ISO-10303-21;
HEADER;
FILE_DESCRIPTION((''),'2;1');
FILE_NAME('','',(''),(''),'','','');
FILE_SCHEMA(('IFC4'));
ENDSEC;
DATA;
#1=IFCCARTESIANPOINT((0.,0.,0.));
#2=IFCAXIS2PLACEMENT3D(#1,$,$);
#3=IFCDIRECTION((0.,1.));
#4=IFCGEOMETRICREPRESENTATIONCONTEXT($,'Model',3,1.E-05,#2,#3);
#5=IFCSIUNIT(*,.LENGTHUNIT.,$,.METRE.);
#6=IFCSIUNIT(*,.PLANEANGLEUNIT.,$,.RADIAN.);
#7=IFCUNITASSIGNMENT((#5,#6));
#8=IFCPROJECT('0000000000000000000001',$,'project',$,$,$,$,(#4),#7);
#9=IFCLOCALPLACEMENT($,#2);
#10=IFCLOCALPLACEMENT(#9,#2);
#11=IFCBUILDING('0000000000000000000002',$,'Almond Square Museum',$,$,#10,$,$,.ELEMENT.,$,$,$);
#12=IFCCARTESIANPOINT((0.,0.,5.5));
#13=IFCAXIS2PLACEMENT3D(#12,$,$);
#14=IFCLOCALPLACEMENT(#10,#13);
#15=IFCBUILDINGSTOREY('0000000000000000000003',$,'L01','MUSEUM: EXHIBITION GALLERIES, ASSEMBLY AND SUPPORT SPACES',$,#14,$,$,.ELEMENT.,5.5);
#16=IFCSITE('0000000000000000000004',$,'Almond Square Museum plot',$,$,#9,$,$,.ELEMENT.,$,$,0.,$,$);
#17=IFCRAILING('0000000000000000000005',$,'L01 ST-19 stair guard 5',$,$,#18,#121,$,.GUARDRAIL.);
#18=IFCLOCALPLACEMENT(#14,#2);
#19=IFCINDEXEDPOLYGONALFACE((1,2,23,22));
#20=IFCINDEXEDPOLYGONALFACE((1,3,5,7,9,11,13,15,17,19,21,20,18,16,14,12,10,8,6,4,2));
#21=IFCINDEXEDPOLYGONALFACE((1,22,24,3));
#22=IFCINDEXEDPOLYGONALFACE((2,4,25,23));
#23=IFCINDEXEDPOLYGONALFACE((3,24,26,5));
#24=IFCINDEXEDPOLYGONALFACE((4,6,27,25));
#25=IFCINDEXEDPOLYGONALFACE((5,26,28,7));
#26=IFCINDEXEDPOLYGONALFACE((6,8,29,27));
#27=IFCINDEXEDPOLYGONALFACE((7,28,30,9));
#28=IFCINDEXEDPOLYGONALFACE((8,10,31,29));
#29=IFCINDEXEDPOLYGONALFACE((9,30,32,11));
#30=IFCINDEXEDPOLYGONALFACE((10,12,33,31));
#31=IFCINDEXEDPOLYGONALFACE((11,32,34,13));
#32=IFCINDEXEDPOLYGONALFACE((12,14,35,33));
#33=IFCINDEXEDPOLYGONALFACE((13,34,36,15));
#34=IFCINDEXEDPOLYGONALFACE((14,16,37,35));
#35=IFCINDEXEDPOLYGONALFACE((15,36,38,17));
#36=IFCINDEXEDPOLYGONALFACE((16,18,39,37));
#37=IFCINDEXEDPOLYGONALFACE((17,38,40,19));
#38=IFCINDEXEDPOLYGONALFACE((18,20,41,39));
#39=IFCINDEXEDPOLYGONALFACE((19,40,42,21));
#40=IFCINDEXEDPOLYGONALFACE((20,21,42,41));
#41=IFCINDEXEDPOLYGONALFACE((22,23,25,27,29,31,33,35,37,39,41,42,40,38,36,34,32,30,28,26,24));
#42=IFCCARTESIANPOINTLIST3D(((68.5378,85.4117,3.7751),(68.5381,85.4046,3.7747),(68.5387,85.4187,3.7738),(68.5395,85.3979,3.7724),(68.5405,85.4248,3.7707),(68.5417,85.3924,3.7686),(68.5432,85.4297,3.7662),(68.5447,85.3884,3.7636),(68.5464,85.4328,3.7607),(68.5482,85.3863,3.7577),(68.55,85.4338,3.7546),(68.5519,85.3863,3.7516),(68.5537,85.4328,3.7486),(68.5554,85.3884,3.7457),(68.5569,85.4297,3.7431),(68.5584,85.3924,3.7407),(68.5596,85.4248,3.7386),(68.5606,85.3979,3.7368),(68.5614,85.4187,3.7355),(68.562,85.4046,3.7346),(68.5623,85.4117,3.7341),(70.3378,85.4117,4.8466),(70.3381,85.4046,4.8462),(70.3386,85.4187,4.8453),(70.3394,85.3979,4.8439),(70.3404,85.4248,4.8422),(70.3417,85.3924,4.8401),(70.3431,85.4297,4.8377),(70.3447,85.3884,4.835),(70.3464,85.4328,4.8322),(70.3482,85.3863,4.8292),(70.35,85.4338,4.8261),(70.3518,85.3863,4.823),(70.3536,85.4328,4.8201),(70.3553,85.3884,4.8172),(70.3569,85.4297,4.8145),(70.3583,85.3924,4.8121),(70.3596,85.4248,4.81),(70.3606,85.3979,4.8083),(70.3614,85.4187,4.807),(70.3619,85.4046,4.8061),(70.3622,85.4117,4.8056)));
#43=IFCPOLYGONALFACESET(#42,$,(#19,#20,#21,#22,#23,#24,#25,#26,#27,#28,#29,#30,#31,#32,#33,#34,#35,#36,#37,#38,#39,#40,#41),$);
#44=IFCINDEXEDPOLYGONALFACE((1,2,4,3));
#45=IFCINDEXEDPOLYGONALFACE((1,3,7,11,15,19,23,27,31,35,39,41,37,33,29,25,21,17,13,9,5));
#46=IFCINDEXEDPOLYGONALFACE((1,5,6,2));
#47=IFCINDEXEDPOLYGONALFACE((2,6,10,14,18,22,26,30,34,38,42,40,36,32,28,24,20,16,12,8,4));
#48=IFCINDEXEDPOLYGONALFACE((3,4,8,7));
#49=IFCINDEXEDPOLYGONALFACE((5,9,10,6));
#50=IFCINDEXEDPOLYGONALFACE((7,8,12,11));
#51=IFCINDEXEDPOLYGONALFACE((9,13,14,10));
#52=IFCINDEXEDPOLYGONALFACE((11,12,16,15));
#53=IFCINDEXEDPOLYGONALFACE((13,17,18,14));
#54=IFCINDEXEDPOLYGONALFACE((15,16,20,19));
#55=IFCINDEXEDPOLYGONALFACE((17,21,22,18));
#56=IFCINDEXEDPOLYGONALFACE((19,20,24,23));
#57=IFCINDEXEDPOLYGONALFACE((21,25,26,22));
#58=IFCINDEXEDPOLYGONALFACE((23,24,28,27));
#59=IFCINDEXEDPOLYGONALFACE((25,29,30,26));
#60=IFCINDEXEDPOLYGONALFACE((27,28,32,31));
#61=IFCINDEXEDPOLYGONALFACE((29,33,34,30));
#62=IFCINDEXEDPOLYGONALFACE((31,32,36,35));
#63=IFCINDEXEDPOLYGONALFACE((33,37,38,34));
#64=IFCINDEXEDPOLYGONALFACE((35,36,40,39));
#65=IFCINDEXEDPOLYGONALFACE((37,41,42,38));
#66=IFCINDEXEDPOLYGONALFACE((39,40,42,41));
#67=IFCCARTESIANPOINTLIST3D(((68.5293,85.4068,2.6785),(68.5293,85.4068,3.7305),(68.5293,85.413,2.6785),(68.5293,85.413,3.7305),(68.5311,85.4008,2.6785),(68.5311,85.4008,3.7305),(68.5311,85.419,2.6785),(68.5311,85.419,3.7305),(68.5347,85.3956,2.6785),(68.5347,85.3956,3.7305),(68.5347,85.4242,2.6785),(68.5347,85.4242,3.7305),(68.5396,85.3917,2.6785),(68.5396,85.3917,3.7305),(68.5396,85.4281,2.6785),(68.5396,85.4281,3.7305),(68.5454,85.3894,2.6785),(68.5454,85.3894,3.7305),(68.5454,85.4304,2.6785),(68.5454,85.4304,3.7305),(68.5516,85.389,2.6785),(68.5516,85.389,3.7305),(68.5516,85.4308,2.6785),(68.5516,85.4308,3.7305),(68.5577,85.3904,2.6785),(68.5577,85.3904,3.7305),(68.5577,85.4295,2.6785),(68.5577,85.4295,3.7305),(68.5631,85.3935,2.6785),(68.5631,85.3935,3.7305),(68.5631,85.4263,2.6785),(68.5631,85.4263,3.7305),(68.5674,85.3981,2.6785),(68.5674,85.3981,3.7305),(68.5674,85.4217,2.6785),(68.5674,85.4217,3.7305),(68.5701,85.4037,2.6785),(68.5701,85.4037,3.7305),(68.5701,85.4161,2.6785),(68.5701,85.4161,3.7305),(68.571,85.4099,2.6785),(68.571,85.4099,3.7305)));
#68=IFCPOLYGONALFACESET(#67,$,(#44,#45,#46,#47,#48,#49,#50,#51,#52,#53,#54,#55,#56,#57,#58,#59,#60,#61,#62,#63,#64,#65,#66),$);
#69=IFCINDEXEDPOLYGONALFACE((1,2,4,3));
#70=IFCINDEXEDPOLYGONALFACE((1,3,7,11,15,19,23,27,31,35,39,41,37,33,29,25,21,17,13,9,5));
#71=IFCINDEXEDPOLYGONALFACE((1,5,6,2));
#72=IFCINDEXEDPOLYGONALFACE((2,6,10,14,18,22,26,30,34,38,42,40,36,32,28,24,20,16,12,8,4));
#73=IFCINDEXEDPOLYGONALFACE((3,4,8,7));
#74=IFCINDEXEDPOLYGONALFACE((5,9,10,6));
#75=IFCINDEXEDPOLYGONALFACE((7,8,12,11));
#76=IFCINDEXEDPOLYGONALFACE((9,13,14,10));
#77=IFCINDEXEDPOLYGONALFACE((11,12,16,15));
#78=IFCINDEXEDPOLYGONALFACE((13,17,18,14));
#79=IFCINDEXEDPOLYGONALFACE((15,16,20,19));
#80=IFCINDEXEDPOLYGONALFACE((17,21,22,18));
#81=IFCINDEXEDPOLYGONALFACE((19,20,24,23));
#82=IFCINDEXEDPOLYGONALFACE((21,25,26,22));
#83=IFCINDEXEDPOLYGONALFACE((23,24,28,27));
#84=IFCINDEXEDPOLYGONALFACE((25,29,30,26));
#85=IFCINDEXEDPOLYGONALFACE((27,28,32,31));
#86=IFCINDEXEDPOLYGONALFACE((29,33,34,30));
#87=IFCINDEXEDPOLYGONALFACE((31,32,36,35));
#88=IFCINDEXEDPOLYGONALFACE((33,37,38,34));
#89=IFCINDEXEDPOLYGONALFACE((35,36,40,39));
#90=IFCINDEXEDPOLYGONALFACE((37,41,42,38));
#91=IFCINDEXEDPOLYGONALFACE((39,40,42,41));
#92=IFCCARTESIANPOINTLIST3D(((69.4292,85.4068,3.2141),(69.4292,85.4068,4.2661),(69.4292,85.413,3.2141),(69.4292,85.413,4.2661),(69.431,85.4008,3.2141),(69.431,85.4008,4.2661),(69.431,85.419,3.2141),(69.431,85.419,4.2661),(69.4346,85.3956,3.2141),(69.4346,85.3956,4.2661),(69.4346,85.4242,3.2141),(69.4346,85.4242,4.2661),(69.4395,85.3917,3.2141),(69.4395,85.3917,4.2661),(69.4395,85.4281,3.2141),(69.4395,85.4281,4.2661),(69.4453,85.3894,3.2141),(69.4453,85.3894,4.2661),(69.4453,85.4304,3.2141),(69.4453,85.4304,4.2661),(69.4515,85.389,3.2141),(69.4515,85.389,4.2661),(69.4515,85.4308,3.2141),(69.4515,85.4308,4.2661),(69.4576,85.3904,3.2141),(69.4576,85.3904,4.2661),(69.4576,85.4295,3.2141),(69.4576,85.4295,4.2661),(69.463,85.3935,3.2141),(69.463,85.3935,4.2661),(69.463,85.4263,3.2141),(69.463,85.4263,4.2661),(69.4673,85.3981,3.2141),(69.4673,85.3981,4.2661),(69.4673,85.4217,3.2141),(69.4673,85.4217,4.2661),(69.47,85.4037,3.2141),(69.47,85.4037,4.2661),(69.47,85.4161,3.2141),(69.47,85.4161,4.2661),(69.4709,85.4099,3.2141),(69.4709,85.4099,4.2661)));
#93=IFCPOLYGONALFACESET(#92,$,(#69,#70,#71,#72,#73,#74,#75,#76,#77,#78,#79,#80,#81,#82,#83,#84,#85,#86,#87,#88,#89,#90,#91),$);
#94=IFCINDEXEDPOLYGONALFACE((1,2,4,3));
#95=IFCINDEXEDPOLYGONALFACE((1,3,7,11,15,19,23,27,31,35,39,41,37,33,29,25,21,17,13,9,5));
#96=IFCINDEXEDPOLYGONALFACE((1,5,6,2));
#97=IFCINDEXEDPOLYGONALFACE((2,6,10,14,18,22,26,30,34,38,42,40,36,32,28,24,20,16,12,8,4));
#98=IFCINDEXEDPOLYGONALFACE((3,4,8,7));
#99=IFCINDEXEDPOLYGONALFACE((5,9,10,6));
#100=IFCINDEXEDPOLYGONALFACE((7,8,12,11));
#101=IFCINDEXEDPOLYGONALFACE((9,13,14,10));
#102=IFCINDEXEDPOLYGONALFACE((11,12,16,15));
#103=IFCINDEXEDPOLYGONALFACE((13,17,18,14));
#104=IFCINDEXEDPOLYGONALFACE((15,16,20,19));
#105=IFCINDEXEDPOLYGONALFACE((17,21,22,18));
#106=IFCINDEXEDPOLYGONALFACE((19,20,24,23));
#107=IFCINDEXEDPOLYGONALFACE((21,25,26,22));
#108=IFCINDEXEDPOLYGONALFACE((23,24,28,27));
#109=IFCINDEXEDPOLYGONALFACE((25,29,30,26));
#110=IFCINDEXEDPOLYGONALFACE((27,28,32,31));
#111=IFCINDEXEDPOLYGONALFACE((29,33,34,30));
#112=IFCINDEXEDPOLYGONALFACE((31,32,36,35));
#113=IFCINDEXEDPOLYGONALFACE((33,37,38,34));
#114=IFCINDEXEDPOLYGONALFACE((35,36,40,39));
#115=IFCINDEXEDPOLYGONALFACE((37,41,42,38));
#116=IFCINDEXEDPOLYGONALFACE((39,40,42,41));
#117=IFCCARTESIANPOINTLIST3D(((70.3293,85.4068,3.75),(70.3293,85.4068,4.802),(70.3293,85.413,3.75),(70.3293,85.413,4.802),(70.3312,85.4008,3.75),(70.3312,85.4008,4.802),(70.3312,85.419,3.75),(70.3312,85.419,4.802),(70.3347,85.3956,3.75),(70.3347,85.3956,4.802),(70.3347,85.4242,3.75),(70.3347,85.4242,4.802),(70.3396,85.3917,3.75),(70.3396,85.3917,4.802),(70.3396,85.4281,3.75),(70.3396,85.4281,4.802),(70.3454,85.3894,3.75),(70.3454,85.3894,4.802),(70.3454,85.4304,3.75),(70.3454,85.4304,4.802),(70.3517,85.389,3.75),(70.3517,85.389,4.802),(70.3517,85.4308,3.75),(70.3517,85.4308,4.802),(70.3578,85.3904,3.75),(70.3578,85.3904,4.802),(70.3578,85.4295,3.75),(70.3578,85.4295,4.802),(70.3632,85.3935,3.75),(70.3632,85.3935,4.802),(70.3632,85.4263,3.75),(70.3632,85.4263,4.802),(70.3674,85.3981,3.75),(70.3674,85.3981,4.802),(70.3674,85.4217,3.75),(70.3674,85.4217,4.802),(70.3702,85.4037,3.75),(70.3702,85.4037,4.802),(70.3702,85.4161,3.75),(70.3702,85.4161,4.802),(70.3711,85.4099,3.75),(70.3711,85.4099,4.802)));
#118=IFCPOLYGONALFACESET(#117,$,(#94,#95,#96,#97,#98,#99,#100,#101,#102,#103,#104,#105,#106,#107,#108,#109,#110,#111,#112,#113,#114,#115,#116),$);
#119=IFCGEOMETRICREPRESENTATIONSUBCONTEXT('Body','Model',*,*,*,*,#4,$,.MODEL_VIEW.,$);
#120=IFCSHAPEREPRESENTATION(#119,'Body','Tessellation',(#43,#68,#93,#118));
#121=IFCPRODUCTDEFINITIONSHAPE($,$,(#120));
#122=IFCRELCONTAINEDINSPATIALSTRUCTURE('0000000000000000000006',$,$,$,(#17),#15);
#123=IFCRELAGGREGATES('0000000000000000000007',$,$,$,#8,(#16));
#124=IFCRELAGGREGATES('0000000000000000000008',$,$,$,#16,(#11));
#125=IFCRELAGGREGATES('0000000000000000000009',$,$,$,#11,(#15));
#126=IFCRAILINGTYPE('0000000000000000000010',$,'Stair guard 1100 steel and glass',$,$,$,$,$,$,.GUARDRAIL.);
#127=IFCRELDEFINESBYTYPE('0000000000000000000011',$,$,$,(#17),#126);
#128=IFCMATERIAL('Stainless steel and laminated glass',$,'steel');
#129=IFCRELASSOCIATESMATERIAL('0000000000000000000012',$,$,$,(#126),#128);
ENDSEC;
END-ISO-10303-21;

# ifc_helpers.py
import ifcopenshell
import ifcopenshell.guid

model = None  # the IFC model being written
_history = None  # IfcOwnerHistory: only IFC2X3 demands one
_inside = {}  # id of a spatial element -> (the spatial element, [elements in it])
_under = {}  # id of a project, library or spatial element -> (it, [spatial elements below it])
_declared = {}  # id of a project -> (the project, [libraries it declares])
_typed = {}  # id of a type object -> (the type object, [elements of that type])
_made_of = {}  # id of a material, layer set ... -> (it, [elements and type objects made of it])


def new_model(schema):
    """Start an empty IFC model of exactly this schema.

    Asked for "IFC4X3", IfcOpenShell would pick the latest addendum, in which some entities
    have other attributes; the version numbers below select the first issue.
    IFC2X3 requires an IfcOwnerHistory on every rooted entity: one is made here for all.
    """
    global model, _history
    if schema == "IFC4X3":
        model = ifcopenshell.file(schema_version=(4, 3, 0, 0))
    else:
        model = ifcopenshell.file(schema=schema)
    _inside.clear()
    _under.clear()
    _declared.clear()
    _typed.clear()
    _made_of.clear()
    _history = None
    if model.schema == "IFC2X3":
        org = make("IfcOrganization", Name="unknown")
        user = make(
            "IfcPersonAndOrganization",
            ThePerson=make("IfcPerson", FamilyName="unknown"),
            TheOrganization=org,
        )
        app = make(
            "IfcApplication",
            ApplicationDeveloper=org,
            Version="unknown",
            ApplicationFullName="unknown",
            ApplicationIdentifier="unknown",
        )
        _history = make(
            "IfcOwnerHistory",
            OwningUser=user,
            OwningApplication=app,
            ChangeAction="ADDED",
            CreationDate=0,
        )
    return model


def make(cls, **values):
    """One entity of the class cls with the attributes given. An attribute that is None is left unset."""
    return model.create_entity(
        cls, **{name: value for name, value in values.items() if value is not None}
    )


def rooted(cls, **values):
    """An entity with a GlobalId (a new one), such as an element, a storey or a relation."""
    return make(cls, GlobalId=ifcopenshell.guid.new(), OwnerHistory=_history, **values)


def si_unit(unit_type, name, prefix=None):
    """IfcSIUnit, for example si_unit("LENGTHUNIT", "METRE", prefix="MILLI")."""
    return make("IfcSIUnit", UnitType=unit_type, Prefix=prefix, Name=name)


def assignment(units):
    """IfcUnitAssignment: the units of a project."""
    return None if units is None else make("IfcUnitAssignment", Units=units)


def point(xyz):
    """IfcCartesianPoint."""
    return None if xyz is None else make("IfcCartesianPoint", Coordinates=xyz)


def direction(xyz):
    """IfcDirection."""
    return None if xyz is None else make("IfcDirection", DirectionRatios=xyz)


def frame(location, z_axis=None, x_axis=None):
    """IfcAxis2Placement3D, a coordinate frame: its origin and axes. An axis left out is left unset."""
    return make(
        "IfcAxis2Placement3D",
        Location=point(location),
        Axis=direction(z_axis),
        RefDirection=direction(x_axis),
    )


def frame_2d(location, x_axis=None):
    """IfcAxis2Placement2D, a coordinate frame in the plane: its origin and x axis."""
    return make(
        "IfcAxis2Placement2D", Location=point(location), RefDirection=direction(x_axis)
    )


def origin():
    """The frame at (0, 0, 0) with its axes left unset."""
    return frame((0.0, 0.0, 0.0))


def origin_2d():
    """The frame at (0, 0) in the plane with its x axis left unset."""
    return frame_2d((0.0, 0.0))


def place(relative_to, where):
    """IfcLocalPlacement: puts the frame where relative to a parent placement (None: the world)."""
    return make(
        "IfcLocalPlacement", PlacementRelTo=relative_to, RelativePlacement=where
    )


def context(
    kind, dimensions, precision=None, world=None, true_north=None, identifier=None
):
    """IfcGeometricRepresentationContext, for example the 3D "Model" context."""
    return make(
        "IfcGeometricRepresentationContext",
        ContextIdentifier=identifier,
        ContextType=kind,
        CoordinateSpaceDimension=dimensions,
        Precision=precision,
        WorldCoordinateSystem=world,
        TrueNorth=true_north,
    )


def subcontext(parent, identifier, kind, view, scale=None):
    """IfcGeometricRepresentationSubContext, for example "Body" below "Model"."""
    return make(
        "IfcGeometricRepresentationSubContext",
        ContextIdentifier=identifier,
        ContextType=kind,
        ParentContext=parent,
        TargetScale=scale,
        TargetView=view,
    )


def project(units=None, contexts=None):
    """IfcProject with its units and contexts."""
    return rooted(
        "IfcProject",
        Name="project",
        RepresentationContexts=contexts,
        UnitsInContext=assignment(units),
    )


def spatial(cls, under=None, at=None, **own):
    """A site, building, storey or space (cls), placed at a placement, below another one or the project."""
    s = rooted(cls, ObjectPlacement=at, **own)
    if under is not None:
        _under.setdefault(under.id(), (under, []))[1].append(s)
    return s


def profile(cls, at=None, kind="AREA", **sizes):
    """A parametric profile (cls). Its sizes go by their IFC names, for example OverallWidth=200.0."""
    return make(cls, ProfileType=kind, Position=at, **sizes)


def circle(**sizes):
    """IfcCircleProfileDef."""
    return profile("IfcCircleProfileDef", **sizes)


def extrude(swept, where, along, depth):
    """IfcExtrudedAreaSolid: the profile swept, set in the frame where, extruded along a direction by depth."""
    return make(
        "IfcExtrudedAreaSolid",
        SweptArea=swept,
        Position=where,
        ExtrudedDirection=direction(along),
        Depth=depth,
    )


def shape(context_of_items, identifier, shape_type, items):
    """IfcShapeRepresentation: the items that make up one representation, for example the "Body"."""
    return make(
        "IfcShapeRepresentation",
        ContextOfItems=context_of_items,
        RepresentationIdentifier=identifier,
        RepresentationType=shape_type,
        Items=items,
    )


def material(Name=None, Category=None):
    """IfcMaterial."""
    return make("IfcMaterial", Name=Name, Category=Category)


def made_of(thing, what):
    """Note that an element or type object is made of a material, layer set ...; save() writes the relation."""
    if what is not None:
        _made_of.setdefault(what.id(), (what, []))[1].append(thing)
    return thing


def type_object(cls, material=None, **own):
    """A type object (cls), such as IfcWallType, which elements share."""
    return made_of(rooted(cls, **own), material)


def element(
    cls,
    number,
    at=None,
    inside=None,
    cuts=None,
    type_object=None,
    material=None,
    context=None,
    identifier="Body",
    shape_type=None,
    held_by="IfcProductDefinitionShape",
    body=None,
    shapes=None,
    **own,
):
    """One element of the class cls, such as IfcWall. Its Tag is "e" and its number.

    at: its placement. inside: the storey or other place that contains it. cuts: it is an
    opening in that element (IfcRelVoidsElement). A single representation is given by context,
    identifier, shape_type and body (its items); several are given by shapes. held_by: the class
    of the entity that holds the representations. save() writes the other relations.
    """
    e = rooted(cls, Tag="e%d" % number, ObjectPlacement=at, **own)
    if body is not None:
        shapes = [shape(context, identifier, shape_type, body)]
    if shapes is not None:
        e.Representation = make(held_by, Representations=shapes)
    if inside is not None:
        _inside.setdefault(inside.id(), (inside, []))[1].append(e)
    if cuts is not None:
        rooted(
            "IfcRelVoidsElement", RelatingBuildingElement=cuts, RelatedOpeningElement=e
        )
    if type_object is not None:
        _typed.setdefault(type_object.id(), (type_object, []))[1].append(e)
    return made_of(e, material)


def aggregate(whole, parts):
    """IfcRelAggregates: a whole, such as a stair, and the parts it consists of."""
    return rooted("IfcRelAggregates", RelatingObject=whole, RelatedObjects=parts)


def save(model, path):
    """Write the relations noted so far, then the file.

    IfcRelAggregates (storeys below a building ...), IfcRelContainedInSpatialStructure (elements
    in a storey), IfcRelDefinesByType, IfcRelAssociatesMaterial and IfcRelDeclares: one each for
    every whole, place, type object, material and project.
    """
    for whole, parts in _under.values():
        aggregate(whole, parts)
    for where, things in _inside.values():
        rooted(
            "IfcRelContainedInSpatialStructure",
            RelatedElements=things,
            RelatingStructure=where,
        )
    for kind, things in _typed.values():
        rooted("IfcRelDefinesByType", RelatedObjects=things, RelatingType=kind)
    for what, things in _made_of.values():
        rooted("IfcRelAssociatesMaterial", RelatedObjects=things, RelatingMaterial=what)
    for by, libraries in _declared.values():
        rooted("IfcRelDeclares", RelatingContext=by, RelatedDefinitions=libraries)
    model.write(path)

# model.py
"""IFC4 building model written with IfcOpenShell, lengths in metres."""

from ifc_helpers import new_model, si_unit, direction, frame, origin, origin_2d, place, context, subcontext, project, spatial, circle, extrude, material, type_object, element, save


model = new_model("IFC4")

# Units and contexts
model_context = context("Model", 3, precision=1e-05, world=origin(), true_north=direction((0.0, 1.0)))
body_context = subcontext(model_context, "Body", "Model", "MODEL_VIEW")
ifc_project = project(units=[si_unit("LENGTHUNIT", "METRE"), si_unit("PLANEANGLEUNIT", "RADIAN")], contexts=[model_context])

# Site, building, storey
site_placement = place(None, origin())
site = spatial("IfcSite", under=ifc_project, at=site_placement, Name="Almond Square Museum plot", CompositionType="ELEMENT", RefElevation=0.0)
building_placement = place(site_placement, origin())
building = spatial("IfcBuilding", under=site, at=building_placement, Name="Almond Square Museum", CompositionType="ELEMENT")
storey_placement = place(building_placement, frame((0.0, 0.0, 5.5)))
storey = spatial("IfcBuildingStorey", under=building, at=storey_placement, Name="L01", Description="MUSEUM: EXHIBITION GALLERIES, ASSEMBLY AND SUPPORT SPACES", CompositionType="ELEMENT", Elevation=5.5)

# Railing
ifc_material_1 = material(Name="Stainless steel and laminated glass", Category="steel")
railing_type_1 = type_object("IfcRailingType", Name="Stair guard 1100 steel and glass", PredefinedType="GUARDRAIL", material=ifc_material_1)
railing_1_placement = place(storey_placement, frame((68.55, 85.4099, 2.6785)))
element("IfcRailing", 1, at=railing_1_placement, inside=storey, type_object=railing_type_1, Name="L01 ST-19 stair guard 5", PredefinedType="GUARDRAIL", context=body_context, shape_type="SweptSolid", body=[
    extrude(circle(Radius=0.0239, at=origin_2d()), frame((0.0, 0.0, 1.0762), z_axis=(0.859277, 0.0, 0.51151), x_axis=(0.0, 1.0, 0.0)), (0.0, 0.0, 1.0), 2.0947),
    extrude(circle(Radius=0.021, at=origin_2d()), origin(), (0.0, 0.0, 1.0), 1.052),
    extrude(circle(Radius=0.021, at=origin_2d()), frame((0.8999, 0.0, 0.5356)), (0.0, 0.0, 1.0), 1.052),
    extrude(circle(Radius=0.021, at=origin_2d()), frame((1.8, 0.0, 1.0715)), (0.0, 0.0, 1.0), 1.052),
])

save(model, "model.ifc")
